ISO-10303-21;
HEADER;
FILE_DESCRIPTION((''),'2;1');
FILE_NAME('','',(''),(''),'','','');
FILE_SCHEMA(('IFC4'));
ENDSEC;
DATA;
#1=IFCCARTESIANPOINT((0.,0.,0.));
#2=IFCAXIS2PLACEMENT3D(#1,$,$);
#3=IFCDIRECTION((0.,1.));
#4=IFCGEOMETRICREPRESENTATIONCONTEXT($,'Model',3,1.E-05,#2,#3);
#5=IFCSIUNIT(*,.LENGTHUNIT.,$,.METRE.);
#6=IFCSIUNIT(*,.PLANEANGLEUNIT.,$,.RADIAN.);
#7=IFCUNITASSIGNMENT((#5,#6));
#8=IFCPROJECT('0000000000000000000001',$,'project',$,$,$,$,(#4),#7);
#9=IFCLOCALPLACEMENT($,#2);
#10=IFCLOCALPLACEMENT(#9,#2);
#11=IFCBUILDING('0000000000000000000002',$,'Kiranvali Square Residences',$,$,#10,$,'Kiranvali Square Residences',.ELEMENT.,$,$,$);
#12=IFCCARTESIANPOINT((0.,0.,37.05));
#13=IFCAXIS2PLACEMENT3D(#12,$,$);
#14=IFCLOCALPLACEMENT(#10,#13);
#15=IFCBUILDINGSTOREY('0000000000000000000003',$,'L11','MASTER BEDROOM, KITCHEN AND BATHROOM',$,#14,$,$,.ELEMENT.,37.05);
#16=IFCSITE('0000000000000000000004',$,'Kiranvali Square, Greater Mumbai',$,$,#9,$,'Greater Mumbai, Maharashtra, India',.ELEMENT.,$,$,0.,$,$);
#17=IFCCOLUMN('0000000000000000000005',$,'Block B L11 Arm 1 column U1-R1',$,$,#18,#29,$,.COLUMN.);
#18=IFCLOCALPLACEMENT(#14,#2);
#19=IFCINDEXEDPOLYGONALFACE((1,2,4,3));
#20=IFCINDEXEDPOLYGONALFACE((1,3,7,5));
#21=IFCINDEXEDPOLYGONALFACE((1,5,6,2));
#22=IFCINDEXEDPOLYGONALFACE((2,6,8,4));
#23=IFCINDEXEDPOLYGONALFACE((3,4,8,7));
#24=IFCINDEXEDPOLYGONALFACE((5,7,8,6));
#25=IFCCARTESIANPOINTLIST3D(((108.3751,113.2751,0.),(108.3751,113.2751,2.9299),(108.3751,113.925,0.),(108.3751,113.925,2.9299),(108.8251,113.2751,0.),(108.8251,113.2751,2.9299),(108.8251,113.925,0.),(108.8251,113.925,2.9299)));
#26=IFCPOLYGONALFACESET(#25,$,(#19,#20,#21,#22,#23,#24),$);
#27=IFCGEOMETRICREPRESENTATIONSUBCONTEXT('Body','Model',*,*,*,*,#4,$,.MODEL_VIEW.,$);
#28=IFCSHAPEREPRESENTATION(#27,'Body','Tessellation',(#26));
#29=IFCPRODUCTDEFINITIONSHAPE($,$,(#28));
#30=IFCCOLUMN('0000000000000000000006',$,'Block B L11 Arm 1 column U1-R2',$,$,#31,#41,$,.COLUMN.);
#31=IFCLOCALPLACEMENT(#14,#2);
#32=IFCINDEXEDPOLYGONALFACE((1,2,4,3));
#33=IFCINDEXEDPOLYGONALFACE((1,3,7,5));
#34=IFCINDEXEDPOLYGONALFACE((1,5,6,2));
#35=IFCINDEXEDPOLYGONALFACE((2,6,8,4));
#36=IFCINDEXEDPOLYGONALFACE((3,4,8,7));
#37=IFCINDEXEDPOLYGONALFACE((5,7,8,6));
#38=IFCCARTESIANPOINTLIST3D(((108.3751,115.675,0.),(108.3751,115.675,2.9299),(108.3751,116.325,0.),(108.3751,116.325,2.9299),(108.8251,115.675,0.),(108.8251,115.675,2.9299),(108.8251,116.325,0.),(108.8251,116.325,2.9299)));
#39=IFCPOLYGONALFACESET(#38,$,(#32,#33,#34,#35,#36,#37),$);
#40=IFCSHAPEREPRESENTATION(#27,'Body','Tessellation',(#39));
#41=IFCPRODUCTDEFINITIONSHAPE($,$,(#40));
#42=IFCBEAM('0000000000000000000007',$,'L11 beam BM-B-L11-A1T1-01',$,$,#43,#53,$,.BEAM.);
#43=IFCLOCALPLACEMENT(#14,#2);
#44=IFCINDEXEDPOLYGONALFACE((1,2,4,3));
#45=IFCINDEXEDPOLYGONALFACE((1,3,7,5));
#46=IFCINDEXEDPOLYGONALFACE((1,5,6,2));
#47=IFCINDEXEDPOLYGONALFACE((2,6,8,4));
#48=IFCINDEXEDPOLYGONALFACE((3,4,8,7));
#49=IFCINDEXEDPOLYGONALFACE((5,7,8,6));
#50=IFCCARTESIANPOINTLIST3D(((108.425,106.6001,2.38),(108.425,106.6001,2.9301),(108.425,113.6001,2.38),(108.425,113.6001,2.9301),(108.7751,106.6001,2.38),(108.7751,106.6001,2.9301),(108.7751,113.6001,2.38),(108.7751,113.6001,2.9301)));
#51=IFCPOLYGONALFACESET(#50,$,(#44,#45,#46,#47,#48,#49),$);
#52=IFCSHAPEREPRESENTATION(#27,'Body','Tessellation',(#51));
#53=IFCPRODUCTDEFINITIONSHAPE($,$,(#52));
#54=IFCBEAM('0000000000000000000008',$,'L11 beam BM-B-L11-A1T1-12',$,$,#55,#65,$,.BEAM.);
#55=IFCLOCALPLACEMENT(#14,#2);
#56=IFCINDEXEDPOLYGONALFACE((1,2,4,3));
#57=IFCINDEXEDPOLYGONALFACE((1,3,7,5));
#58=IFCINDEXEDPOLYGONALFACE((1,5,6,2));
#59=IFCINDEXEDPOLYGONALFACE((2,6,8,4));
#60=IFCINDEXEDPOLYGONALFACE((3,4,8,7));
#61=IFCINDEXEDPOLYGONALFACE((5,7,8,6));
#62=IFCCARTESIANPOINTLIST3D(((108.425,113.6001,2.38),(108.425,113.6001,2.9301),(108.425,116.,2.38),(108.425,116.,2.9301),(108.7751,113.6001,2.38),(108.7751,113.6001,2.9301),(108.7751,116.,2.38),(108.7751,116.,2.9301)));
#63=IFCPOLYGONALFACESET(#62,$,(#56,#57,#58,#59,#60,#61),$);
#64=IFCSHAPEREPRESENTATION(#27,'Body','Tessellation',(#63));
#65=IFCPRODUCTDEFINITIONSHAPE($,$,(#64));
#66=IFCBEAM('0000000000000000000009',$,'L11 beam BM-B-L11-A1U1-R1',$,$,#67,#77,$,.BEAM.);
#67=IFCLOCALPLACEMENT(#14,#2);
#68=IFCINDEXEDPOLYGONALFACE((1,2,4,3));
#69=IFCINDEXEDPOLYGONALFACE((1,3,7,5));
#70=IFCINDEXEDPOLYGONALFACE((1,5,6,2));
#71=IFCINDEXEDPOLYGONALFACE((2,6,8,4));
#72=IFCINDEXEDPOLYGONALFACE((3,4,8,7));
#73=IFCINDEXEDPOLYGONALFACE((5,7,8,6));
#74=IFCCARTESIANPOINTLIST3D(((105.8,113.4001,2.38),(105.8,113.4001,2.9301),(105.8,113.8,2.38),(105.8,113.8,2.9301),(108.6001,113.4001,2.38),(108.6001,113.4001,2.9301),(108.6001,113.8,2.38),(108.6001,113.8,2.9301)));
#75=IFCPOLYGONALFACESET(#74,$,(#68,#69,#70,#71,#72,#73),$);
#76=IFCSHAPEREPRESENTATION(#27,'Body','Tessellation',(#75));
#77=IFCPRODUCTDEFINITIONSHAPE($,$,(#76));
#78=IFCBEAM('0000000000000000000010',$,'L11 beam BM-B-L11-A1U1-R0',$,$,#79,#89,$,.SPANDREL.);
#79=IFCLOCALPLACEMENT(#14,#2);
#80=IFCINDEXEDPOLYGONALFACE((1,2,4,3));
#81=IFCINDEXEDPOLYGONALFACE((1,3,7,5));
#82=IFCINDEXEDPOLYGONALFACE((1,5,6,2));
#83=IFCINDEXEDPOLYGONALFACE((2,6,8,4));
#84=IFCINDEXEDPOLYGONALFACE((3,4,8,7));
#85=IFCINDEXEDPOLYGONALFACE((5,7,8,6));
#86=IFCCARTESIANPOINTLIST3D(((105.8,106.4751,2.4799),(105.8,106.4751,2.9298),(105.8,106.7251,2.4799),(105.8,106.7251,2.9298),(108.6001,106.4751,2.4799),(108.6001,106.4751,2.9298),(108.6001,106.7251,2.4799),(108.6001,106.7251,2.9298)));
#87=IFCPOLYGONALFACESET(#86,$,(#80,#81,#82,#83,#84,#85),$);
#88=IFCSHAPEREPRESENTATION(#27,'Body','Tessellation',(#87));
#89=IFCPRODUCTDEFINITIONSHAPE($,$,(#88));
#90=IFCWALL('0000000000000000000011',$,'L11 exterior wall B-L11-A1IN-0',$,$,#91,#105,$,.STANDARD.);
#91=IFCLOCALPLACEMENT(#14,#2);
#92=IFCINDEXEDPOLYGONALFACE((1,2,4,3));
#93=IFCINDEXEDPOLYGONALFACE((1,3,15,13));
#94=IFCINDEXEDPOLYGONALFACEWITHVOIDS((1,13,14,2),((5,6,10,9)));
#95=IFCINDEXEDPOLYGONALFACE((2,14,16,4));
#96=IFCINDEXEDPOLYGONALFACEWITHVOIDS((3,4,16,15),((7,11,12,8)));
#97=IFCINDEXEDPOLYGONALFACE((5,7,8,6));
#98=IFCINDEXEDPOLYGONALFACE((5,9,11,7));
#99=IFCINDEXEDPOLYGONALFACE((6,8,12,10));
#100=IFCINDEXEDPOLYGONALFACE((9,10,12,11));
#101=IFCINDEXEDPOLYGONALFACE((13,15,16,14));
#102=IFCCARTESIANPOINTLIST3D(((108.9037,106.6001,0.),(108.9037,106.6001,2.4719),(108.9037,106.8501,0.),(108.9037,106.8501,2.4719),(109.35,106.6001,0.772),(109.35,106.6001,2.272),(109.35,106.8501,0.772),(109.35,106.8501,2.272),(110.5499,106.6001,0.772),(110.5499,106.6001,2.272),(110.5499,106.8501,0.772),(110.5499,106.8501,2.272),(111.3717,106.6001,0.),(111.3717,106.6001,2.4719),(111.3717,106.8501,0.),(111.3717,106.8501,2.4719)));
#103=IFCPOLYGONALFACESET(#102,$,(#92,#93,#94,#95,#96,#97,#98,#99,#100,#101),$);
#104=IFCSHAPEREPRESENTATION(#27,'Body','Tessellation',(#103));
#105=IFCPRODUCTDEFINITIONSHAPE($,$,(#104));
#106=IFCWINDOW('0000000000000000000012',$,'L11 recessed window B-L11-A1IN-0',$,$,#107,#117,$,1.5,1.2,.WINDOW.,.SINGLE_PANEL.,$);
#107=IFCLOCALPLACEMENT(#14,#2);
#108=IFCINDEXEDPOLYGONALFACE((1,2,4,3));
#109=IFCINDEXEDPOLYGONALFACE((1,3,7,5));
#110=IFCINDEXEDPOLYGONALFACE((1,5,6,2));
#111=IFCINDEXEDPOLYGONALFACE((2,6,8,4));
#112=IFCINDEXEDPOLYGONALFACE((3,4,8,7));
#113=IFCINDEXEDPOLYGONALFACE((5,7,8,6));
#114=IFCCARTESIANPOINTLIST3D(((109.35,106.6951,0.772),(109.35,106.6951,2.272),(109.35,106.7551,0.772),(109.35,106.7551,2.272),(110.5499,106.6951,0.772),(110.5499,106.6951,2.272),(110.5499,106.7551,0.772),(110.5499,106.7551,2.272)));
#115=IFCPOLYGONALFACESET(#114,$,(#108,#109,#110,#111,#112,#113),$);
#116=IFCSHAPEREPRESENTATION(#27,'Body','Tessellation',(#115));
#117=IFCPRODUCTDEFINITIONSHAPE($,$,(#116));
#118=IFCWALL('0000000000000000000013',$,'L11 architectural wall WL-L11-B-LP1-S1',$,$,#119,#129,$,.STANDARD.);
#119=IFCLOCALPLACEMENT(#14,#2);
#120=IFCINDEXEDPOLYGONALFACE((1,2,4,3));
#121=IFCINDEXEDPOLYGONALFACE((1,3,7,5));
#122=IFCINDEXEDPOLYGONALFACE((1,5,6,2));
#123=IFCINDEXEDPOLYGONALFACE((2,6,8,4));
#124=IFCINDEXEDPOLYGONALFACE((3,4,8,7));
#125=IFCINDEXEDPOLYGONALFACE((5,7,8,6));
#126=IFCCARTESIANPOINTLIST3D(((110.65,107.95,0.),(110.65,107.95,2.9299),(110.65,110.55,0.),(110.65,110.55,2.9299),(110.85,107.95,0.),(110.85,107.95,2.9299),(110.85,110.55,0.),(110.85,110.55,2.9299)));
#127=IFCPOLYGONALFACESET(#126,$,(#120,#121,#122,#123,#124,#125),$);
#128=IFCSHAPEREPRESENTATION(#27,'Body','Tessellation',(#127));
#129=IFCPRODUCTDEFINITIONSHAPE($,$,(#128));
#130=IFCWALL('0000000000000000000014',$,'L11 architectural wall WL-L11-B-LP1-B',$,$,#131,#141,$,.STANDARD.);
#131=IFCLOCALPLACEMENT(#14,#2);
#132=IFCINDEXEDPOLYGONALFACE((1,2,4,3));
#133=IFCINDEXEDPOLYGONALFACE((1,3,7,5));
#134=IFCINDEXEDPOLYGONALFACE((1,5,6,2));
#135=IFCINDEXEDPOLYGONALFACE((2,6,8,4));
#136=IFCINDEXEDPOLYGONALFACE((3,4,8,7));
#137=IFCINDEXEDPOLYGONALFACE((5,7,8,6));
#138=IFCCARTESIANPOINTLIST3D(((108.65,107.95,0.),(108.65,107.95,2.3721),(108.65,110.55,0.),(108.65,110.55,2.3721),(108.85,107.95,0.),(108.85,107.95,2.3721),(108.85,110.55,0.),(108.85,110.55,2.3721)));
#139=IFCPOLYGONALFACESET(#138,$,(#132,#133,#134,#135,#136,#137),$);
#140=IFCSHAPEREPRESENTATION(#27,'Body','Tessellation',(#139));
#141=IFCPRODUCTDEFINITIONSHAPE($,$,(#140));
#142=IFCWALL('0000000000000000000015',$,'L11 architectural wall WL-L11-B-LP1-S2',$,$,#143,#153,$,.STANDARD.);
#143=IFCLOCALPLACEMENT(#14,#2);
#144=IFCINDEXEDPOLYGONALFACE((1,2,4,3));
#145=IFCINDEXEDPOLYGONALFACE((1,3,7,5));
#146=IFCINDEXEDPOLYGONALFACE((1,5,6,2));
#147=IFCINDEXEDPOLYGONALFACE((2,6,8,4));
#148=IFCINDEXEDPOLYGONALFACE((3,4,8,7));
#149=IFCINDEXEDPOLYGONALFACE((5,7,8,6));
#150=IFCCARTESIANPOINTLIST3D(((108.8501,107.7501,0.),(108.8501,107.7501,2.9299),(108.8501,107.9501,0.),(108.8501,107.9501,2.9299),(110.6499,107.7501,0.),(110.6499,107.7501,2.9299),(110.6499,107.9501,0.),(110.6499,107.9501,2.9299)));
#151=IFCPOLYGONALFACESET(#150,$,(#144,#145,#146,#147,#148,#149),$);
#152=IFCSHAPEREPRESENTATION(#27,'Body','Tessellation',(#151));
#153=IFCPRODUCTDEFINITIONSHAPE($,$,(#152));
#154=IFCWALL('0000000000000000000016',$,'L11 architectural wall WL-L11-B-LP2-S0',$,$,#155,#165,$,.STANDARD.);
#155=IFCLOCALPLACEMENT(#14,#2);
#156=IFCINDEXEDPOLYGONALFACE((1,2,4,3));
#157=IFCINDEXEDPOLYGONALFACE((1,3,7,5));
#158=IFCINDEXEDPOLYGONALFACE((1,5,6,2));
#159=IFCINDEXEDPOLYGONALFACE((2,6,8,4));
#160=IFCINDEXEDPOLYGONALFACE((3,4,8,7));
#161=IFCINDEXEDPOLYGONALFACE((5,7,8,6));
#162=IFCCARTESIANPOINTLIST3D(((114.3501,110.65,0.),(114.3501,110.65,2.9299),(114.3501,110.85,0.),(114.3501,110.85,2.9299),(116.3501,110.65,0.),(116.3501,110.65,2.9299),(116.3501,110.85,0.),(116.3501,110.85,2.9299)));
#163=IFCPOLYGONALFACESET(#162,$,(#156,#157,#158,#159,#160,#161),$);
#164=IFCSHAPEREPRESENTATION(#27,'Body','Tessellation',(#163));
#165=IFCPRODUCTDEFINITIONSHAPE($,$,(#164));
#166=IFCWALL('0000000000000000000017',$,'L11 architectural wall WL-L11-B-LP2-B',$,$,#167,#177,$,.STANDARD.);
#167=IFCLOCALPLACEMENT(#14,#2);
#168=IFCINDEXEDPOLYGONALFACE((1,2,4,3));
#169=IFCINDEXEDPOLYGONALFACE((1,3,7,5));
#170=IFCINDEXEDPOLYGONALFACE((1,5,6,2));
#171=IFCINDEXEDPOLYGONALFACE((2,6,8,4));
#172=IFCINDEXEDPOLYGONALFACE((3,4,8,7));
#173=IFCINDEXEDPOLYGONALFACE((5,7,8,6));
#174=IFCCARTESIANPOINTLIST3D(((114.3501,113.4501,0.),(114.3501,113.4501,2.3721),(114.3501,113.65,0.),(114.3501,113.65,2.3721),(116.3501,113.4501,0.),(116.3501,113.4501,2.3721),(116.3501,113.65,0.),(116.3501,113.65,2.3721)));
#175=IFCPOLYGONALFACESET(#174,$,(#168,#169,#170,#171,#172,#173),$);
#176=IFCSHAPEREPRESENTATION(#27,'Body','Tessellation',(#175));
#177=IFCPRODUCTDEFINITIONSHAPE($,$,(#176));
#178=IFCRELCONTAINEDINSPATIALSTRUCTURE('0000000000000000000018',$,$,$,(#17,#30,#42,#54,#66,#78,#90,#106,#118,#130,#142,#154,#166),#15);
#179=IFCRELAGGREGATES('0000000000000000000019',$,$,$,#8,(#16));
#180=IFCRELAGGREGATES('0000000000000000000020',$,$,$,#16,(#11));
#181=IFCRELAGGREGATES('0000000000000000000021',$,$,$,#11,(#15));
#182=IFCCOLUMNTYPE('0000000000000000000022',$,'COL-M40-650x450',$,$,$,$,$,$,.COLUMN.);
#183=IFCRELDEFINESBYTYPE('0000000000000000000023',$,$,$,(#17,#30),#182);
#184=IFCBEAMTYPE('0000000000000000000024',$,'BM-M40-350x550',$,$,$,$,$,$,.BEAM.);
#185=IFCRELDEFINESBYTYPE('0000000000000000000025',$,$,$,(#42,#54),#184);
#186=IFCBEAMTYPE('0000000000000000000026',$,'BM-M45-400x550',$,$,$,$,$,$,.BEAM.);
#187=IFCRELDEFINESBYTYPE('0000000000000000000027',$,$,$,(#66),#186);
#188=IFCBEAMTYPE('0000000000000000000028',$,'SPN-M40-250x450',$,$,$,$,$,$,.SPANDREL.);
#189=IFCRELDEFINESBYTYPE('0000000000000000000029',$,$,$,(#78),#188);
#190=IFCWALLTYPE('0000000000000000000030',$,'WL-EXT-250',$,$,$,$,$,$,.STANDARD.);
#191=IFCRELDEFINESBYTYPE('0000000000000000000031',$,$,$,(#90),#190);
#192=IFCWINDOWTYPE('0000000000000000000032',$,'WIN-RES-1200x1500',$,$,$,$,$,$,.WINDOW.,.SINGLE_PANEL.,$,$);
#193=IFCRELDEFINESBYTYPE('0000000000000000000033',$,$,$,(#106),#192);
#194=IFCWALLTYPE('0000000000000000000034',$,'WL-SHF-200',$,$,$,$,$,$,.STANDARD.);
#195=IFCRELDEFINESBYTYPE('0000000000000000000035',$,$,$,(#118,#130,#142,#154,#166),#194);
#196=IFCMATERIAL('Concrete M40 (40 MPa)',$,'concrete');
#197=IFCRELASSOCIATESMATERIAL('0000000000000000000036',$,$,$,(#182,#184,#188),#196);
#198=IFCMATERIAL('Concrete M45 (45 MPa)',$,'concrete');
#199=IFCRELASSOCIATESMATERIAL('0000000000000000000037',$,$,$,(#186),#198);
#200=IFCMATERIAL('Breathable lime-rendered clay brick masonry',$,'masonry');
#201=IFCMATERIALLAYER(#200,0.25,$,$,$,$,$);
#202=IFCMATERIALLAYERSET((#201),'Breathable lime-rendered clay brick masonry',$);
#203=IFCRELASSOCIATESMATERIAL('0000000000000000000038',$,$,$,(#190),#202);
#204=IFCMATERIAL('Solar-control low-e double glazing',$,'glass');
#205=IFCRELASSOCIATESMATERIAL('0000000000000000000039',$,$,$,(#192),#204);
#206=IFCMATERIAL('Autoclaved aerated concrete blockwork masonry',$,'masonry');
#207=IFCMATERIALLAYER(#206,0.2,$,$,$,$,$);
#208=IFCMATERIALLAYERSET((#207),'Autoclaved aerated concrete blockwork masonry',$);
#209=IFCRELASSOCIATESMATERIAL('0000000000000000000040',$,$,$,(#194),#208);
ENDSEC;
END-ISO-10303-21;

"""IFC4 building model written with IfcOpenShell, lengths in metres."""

from ifc_helpers import new_model, si_unit, direction, frame, frame_2d, origin, origin_2d, place, context, subcontext, project, spatial, rectangle, extrude, material, layer, layer_set, material_profile, profile_set, type_object, element, fill, save


model = new_model("IFC4")

# Units and contexts
model_context = context("Model", 3, precision=1e-05, world=origin(), true_north=direction((0.0, 1.0)))
body_context = subcontext(model_context, "Body", "Model", "MODEL_VIEW")
ifc_project = project(units=[si_unit("LENGTHUNIT", "METRE"), si_unit("PLANEANGLEUNIT", "RADIAN")], contexts=[model_context])

# Site, building, storey
site_placement = place(None, origin())
site = spatial("IfcSite", under=ifc_project, at=site_placement, Name="Kiranvali Square, Greater Mumbai", LongName="Greater Mumbai, Maharashtra, India", CompositionType="ELEMENT", RefElevation=0.0)
building_placement = place(site_placement, origin())
building = spatial("IfcBuilding", under=site, at=building_placement, Name="Kiranvali Square Residences", LongName="Kiranvali Square Residences", CompositionType="ELEMENT")
storey_placement = place(building_placement, frame((0.0, 0.0, 37.05)))
storey = spatial("IfcBuildingStorey", under=building, at=storey_placement, Name="L11", Description="MASTER BEDROOM, KITCHEN AND BATHROOM", CompositionType="ELEMENT", Elevation=37.05)

# Columns
ifc_material_1 = material(Name="Concrete M40 (40 MPa)", Category="concrete")
ifc_material_profile_1 = material_profile(ifc_material_1, rectangle(XDim=0.45, YDim=0.6499, at=origin_2d()), Name="RC 650x450")
ifc_profile_set_1 = profile_set([ifc_material_profile_1], Name="Concrete M40 (40 MPa)")
column_type = type_object("IfcColumnType", Name="COL-M40-650x450", PredefinedType="COLUMN", material=ifc_profile_set_1)
for number, where, z_axis, x_axis, name in (
    (1, (108.6001, 113.6001, 0.0), (0.0, 0.0, 1.0), (1.0, 0.0, 0.0), "Block B L11 Arm 1 column U1-R1"),
    (2, (108.6001, 116.0, 0.0), (0.0, 0.0, 1.0), (1.0, 0.0, 0.0), "Block B L11 Arm 1 column U1-R2"),
):
    element("IfcColumn", number, at=place(storey_placement, frame(where, z_axis=z_axis, x_axis=x_axis)), inside=storey, type_object=column_type, Name=name, PredefinedType="COLUMN", context=body_context, shape_type="SweptSolid", body=[
        extrude(rectangle(XDim=0.45, YDim=0.6499, at=origin_2d()), origin(), (0.0, 0.0, 1.0), 2.9299),
    ])

# Beams
ifc_material_profile_2 = material_profile(ifc_material_1, rectangle(XDim=0.3501, YDim=0.55, at=origin_2d()), Name="RC 350x550")
ifc_profile_set_2 = profile_set([ifc_material_profile_2], Name="Concrete M40 (40 MPa)")
beam_type_1 = type_object("IfcBeamType", Name="BM-M40-350x550", PredefinedType="BEAM", material=ifc_profile_set_2)
beam_1_placement = place(storey_placement, frame((108.6001, 106.6001, 2.655), z_axis=(0.0, 1.0, 0.0), x_axis=(-1.0, 0.0, 0.0)))
element("IfcBeam", 3, at=beam_1_placement, inside=storey, type_object=beam_type_1, Name="L11 beam BM-B-L11-A1T1-01", PredefinedType="BEAM", context=body_context, shape_type="SweptSolid", body=[
    extrude(rectangle(XDim=0.3501, YDim=0.55, at=origin_2d()), origin(), (0.0, 0.0, 1.0), 7.0),
])
beam_2_placement = place(storey_placement, frame((108.6001, 113.6001, 2.655), z_axis=(0.0, 1.0, 0.0), x_axis=(-1.0, 0.0, 0.0)))
element("IfcBeam", 4, at=beam_2_placement, inside=storey, type_object=beam_type_1, Name="L11 beam BM-B-L11-A1T1-12", PredefinedType="BEAM", context=body_context, shape_type="SweptSolid", body=[
    extrude(rectangle(XDim=0.3501, YDim=0.55, at=origin_2d()), origin(), (0.0, 0.0, 1.0), 2.3999),
])
ifc_material_2 = material(Name="Concrete M45 (45 MPa)", Category="concrete")
ifc_material_profile_3 = material_profile(ifc_material_2, rectangle(XDim=0.3999, YDim=0.55, at=origin_2d()), Name="RC 400x550")
ifc_profile_set_3 = profile_set([ifc_material_profile_3], Name="Concrete M45 (45 MPa)")
beam_type_2 = type_object("IfcBeamType", Name="BM-M45-400x550", PredefinedType="BEAM", material=ifc_profile_set_3)
beam_3_placement = place(storey_placement, frame((108.6001, 113.6001, 2.655), z_axis=(-1.0, 0.0, 0.0), x_axis=(0.0, -1.0, 0.0)))
element("IfcBeam", 5, at=beam_3_placement, inside=storey, type_object=beam_type_2, Name="L11 beam BM-B-L11-A1U1-R1", PredefinedType="BEAM", context=body_context, shape_type="SweptSolid", body=[
    extrude(rectangle(XDim=0.3999, YDim=0.55, at=origin_2d()), origin(), (0.0, 0.0, 1.0), 2.8),
])
ifc_material_profile_4 = material_profile(ifc_material_1, rectangle(XDim=0.25, YDim=0.45, at=origin_2d()), Name="RC 250x450")
ifc_profile_set_4 = profile_set([ifc_material_profile_4], Name="Concrete M40 (40 MPa)")
beam_type_3 = type_object("IfcBeamType", Name="SPN-M40-250x450", PredefinedType="SPANDREL", material=ifc_profile_set_4)
beam_4_placement = place(storey_placement, frame((108.6001, 106.6001, 2.7048), z_axis=(-1.0, 0.0, 0.0), x_axis=(0.0, -1.0, 0.0)))
element("IfcBeam", 6, at=beam_4_placement, inside=storey, type_object=beam_type_3, Name="L11 beam BM-B-L11-A1U1-R0", PredefinedType="SPANDREL", context=body_context, shape_type="SweptSolid", body=[
    extrude(rectangle(XDim=0.25, YDim=0.45, at=origin_2d()), origin(), (0.0, 0.0, 1.0), 2.8),
])

# Shared definitions
ifc_material_3 = material(Name="Autoclaved aerated concrete blockwork masonry", Category="masonry")

# Wall, opening, window
ifc_material_4 = material(Name="Breathable lime-rendered clay brick masonry", Category="masonry")
ifc_layer_1 = layer(ifc_material_4, 0.25)
ifc_layer_set_1 = layer_set([ifc_layer_1], Name="Breathable lime-rendered clay brick masonry")
wall_type_1 = type_object("IfcWallType", Name="WL-EXT-250", PredefinedType="STANDARD", material=ifc_layer_set_1)
wall_1_placement = place(storey_placement, frame((111.3716, 106.7251, 0.0), z_axis=(0.0, 0.0, 1.0), x_axis=(-1.0, 0.0, 0.0)))
wall_1 = element("IfcWall", 7, at=wall_1_placement, inside=storey, type_object=wall_type_1, Name="L11 exterior wall B-L11-A1IN-0", PredefinedType="STANDARD", context=body_context, shape_type="SweptSolid", body=[
    extrude(rectangle(XDim=2.468, YDim=0.25, at=frame_2d((1.2339, 0.0))), origin(), (0.0, 0.0, 1.0), 2.4719),
])
opening_1_placement = place(wall_1_placement, frame((0.8215, 0.0, 0.772)))
opening_1 = element("IfcOpeningElement", 8, at=opening_1_placement, cuts=wall_1, PredefinedType="OPENING", context=body_context, shape_type="SweptSolid", body=[
    extrude(rectangle(XDim=1.2, YDim=1.5, at=frame_2d((0.6001, 0.75))), frame((0.0, 0.135, 0.0), z_axis=(0.0, -1.0, 0.0), x_axis=(1.0, 0.0, 0.0)), (0.0, 0.0, 1.0), 0.27),
])
ifc_material_5 = material(Name="Solar-control low-e double glazing", Category="glass")
window_type = type_object("IfcWindowType", Name="WIN-RES-1200x1500", PartitioningType="SINGLE_PANEL", PredefinedType="WINDOW", material=ifc_material_5)
window_placement = place(opening_1_placement, origin())
window = element("IfcWindow", 9, at=window_placement, inside=storey, type_object=window_type, Name="L11 recessed window B-L11-A1IN-0", OverallHeight=1.5, OverallWidth=1.2, PartitioningType="SINGLE_PANEL", PredefinedType="WINDOW", context=body_context, shape_type="SweptSolid", body=[
    extrude(rectangle(XDim=1.2, YDim=1.5, at=frame_2d((0.6001, 0.75))), frame((0.0, 0.03, 0.0), z_axis=(0.0, -1.0, 0.0), x_axis=(1.0, 0.0, 0.0)), (0.0, 0.0, 1.0), 0.0601),
])
fill(opening_1, window)

# Walls
ifc_layer_2 = layer(ifc_material_3, 0.2)
ifc_layer_set_2 = layer_set([ifc_layer_2], Name="Autoclaved aerated concrete blockwork masonry")
wall_type_2 = type_object("IfcWallType", Name="WL-SHF-200", PredefinedType="STANDARD", material=ifc_layer_set_2)
wall_2_placement = place(storey_placement, frame((110.75, 107.95, 0.0), z_axis=(0.0, 0.0, 1.0), x_axis=(0.0, 1.0, 0.0)))
element("IfcWall", 10, at=wall_2_placement, inside=storey, type_object=wall_type_2, Name="L11 architectural wall WL-L11-B-LP1-S1", PredefinedType="STANDARD", context=body_context, shape_type="SweptSolid", body=[
    extrude(rectangle(XDim=2.6001, YDim=0.2, at=frame_2d((1.3, 0.0))), origin(), (0.0, 0.0, 1.0), 2.9299),
])
wall_3_placement = place(storey_placement, frame((108.75, 107.95, 0.0), z_axis=(0.0, 0.0, 1.0), x_axis=(0.0, 1.0, 0.0)))
element("IfcWall", 11, at=wall_3_placement, inside=storey, type_object=wall_type_2, Name="L11 architectural wall WL-L11-B-LP1-B", PredefinedType="STANDARD", context=body_context, shape_type="SweptSolid", body=[
    extrude(rectangle(XDim=2.6001, YDim=0.2, at=frame_2d((1.3, 0.0))), origin(), (0.0, 0.0, 1.0), 2.3721),
])
wall_4_placement = place(storey_placement, frame((110.6499, 107.8501, 0.0), z_axis=(0.0, 0.0, 1.0), x_axis=(-1.0, 0.0, 0.0)))
element("IfcWall", 12, at=wall_4_placement, inside=storey, type_object=wall_type_2, Name="L11 architectural wall WL-L11-B-LP1-S2", PredefinedType="STANDARD", context=body_context, shape_type="SweptSolid", body=[
    extrude(rectangle(XDim=1.7998, YDim=0.2, at=frame_2d((0.8999, 0.0))), origin(), (0.0, 0.0, 1.0), 2.9299),
])

# Walls
wall_5_placement = place(storey_placement, frame((116.3501, 110.75, 0.0), z_axis=(0.0, 0.0, 1.0), x_axis=(-1.0, 0.0, 0.0)))
element("IfcWall", 13, at=wall_5_placement, inside=storey, type_object=wall_type_2, Name="L11 architectural wall WL-L11-B-LP2-S0", PredefinedType="STANDARD", context=body_context, shape_type="SweptSolid", body=[
    extrude(rectangle(XDim=2.0, YDim=0.2, at=frame_2d((1.0, 0.0))), origin(), (0.0, 0.0, 1.0), 2.9299),
])
wall_6_placement = place(storey_placement, frame((116.3501, 113.55, 0.0), z_axis=(0.0, 0.0, 1.0), x_axis=(-1.0, 0.0, 0.0)))
element("IfcWall", 14, at=wall_6_placement, inside=storey, type_object=wall_type_2, Name="L11 architectural wall WL-L11-B-LP2-B", PredefinedType="STANDARD", context=body_context, shape_type="SweptSolid", body=[
    extrude(rectangle(XDim=2.0, YDim=0.2, at=frame_2d((1.0, 0.0))), origin(), (0.0, 0.0, 1.0), 2.3721),
])

save(model, "model.ifc")
